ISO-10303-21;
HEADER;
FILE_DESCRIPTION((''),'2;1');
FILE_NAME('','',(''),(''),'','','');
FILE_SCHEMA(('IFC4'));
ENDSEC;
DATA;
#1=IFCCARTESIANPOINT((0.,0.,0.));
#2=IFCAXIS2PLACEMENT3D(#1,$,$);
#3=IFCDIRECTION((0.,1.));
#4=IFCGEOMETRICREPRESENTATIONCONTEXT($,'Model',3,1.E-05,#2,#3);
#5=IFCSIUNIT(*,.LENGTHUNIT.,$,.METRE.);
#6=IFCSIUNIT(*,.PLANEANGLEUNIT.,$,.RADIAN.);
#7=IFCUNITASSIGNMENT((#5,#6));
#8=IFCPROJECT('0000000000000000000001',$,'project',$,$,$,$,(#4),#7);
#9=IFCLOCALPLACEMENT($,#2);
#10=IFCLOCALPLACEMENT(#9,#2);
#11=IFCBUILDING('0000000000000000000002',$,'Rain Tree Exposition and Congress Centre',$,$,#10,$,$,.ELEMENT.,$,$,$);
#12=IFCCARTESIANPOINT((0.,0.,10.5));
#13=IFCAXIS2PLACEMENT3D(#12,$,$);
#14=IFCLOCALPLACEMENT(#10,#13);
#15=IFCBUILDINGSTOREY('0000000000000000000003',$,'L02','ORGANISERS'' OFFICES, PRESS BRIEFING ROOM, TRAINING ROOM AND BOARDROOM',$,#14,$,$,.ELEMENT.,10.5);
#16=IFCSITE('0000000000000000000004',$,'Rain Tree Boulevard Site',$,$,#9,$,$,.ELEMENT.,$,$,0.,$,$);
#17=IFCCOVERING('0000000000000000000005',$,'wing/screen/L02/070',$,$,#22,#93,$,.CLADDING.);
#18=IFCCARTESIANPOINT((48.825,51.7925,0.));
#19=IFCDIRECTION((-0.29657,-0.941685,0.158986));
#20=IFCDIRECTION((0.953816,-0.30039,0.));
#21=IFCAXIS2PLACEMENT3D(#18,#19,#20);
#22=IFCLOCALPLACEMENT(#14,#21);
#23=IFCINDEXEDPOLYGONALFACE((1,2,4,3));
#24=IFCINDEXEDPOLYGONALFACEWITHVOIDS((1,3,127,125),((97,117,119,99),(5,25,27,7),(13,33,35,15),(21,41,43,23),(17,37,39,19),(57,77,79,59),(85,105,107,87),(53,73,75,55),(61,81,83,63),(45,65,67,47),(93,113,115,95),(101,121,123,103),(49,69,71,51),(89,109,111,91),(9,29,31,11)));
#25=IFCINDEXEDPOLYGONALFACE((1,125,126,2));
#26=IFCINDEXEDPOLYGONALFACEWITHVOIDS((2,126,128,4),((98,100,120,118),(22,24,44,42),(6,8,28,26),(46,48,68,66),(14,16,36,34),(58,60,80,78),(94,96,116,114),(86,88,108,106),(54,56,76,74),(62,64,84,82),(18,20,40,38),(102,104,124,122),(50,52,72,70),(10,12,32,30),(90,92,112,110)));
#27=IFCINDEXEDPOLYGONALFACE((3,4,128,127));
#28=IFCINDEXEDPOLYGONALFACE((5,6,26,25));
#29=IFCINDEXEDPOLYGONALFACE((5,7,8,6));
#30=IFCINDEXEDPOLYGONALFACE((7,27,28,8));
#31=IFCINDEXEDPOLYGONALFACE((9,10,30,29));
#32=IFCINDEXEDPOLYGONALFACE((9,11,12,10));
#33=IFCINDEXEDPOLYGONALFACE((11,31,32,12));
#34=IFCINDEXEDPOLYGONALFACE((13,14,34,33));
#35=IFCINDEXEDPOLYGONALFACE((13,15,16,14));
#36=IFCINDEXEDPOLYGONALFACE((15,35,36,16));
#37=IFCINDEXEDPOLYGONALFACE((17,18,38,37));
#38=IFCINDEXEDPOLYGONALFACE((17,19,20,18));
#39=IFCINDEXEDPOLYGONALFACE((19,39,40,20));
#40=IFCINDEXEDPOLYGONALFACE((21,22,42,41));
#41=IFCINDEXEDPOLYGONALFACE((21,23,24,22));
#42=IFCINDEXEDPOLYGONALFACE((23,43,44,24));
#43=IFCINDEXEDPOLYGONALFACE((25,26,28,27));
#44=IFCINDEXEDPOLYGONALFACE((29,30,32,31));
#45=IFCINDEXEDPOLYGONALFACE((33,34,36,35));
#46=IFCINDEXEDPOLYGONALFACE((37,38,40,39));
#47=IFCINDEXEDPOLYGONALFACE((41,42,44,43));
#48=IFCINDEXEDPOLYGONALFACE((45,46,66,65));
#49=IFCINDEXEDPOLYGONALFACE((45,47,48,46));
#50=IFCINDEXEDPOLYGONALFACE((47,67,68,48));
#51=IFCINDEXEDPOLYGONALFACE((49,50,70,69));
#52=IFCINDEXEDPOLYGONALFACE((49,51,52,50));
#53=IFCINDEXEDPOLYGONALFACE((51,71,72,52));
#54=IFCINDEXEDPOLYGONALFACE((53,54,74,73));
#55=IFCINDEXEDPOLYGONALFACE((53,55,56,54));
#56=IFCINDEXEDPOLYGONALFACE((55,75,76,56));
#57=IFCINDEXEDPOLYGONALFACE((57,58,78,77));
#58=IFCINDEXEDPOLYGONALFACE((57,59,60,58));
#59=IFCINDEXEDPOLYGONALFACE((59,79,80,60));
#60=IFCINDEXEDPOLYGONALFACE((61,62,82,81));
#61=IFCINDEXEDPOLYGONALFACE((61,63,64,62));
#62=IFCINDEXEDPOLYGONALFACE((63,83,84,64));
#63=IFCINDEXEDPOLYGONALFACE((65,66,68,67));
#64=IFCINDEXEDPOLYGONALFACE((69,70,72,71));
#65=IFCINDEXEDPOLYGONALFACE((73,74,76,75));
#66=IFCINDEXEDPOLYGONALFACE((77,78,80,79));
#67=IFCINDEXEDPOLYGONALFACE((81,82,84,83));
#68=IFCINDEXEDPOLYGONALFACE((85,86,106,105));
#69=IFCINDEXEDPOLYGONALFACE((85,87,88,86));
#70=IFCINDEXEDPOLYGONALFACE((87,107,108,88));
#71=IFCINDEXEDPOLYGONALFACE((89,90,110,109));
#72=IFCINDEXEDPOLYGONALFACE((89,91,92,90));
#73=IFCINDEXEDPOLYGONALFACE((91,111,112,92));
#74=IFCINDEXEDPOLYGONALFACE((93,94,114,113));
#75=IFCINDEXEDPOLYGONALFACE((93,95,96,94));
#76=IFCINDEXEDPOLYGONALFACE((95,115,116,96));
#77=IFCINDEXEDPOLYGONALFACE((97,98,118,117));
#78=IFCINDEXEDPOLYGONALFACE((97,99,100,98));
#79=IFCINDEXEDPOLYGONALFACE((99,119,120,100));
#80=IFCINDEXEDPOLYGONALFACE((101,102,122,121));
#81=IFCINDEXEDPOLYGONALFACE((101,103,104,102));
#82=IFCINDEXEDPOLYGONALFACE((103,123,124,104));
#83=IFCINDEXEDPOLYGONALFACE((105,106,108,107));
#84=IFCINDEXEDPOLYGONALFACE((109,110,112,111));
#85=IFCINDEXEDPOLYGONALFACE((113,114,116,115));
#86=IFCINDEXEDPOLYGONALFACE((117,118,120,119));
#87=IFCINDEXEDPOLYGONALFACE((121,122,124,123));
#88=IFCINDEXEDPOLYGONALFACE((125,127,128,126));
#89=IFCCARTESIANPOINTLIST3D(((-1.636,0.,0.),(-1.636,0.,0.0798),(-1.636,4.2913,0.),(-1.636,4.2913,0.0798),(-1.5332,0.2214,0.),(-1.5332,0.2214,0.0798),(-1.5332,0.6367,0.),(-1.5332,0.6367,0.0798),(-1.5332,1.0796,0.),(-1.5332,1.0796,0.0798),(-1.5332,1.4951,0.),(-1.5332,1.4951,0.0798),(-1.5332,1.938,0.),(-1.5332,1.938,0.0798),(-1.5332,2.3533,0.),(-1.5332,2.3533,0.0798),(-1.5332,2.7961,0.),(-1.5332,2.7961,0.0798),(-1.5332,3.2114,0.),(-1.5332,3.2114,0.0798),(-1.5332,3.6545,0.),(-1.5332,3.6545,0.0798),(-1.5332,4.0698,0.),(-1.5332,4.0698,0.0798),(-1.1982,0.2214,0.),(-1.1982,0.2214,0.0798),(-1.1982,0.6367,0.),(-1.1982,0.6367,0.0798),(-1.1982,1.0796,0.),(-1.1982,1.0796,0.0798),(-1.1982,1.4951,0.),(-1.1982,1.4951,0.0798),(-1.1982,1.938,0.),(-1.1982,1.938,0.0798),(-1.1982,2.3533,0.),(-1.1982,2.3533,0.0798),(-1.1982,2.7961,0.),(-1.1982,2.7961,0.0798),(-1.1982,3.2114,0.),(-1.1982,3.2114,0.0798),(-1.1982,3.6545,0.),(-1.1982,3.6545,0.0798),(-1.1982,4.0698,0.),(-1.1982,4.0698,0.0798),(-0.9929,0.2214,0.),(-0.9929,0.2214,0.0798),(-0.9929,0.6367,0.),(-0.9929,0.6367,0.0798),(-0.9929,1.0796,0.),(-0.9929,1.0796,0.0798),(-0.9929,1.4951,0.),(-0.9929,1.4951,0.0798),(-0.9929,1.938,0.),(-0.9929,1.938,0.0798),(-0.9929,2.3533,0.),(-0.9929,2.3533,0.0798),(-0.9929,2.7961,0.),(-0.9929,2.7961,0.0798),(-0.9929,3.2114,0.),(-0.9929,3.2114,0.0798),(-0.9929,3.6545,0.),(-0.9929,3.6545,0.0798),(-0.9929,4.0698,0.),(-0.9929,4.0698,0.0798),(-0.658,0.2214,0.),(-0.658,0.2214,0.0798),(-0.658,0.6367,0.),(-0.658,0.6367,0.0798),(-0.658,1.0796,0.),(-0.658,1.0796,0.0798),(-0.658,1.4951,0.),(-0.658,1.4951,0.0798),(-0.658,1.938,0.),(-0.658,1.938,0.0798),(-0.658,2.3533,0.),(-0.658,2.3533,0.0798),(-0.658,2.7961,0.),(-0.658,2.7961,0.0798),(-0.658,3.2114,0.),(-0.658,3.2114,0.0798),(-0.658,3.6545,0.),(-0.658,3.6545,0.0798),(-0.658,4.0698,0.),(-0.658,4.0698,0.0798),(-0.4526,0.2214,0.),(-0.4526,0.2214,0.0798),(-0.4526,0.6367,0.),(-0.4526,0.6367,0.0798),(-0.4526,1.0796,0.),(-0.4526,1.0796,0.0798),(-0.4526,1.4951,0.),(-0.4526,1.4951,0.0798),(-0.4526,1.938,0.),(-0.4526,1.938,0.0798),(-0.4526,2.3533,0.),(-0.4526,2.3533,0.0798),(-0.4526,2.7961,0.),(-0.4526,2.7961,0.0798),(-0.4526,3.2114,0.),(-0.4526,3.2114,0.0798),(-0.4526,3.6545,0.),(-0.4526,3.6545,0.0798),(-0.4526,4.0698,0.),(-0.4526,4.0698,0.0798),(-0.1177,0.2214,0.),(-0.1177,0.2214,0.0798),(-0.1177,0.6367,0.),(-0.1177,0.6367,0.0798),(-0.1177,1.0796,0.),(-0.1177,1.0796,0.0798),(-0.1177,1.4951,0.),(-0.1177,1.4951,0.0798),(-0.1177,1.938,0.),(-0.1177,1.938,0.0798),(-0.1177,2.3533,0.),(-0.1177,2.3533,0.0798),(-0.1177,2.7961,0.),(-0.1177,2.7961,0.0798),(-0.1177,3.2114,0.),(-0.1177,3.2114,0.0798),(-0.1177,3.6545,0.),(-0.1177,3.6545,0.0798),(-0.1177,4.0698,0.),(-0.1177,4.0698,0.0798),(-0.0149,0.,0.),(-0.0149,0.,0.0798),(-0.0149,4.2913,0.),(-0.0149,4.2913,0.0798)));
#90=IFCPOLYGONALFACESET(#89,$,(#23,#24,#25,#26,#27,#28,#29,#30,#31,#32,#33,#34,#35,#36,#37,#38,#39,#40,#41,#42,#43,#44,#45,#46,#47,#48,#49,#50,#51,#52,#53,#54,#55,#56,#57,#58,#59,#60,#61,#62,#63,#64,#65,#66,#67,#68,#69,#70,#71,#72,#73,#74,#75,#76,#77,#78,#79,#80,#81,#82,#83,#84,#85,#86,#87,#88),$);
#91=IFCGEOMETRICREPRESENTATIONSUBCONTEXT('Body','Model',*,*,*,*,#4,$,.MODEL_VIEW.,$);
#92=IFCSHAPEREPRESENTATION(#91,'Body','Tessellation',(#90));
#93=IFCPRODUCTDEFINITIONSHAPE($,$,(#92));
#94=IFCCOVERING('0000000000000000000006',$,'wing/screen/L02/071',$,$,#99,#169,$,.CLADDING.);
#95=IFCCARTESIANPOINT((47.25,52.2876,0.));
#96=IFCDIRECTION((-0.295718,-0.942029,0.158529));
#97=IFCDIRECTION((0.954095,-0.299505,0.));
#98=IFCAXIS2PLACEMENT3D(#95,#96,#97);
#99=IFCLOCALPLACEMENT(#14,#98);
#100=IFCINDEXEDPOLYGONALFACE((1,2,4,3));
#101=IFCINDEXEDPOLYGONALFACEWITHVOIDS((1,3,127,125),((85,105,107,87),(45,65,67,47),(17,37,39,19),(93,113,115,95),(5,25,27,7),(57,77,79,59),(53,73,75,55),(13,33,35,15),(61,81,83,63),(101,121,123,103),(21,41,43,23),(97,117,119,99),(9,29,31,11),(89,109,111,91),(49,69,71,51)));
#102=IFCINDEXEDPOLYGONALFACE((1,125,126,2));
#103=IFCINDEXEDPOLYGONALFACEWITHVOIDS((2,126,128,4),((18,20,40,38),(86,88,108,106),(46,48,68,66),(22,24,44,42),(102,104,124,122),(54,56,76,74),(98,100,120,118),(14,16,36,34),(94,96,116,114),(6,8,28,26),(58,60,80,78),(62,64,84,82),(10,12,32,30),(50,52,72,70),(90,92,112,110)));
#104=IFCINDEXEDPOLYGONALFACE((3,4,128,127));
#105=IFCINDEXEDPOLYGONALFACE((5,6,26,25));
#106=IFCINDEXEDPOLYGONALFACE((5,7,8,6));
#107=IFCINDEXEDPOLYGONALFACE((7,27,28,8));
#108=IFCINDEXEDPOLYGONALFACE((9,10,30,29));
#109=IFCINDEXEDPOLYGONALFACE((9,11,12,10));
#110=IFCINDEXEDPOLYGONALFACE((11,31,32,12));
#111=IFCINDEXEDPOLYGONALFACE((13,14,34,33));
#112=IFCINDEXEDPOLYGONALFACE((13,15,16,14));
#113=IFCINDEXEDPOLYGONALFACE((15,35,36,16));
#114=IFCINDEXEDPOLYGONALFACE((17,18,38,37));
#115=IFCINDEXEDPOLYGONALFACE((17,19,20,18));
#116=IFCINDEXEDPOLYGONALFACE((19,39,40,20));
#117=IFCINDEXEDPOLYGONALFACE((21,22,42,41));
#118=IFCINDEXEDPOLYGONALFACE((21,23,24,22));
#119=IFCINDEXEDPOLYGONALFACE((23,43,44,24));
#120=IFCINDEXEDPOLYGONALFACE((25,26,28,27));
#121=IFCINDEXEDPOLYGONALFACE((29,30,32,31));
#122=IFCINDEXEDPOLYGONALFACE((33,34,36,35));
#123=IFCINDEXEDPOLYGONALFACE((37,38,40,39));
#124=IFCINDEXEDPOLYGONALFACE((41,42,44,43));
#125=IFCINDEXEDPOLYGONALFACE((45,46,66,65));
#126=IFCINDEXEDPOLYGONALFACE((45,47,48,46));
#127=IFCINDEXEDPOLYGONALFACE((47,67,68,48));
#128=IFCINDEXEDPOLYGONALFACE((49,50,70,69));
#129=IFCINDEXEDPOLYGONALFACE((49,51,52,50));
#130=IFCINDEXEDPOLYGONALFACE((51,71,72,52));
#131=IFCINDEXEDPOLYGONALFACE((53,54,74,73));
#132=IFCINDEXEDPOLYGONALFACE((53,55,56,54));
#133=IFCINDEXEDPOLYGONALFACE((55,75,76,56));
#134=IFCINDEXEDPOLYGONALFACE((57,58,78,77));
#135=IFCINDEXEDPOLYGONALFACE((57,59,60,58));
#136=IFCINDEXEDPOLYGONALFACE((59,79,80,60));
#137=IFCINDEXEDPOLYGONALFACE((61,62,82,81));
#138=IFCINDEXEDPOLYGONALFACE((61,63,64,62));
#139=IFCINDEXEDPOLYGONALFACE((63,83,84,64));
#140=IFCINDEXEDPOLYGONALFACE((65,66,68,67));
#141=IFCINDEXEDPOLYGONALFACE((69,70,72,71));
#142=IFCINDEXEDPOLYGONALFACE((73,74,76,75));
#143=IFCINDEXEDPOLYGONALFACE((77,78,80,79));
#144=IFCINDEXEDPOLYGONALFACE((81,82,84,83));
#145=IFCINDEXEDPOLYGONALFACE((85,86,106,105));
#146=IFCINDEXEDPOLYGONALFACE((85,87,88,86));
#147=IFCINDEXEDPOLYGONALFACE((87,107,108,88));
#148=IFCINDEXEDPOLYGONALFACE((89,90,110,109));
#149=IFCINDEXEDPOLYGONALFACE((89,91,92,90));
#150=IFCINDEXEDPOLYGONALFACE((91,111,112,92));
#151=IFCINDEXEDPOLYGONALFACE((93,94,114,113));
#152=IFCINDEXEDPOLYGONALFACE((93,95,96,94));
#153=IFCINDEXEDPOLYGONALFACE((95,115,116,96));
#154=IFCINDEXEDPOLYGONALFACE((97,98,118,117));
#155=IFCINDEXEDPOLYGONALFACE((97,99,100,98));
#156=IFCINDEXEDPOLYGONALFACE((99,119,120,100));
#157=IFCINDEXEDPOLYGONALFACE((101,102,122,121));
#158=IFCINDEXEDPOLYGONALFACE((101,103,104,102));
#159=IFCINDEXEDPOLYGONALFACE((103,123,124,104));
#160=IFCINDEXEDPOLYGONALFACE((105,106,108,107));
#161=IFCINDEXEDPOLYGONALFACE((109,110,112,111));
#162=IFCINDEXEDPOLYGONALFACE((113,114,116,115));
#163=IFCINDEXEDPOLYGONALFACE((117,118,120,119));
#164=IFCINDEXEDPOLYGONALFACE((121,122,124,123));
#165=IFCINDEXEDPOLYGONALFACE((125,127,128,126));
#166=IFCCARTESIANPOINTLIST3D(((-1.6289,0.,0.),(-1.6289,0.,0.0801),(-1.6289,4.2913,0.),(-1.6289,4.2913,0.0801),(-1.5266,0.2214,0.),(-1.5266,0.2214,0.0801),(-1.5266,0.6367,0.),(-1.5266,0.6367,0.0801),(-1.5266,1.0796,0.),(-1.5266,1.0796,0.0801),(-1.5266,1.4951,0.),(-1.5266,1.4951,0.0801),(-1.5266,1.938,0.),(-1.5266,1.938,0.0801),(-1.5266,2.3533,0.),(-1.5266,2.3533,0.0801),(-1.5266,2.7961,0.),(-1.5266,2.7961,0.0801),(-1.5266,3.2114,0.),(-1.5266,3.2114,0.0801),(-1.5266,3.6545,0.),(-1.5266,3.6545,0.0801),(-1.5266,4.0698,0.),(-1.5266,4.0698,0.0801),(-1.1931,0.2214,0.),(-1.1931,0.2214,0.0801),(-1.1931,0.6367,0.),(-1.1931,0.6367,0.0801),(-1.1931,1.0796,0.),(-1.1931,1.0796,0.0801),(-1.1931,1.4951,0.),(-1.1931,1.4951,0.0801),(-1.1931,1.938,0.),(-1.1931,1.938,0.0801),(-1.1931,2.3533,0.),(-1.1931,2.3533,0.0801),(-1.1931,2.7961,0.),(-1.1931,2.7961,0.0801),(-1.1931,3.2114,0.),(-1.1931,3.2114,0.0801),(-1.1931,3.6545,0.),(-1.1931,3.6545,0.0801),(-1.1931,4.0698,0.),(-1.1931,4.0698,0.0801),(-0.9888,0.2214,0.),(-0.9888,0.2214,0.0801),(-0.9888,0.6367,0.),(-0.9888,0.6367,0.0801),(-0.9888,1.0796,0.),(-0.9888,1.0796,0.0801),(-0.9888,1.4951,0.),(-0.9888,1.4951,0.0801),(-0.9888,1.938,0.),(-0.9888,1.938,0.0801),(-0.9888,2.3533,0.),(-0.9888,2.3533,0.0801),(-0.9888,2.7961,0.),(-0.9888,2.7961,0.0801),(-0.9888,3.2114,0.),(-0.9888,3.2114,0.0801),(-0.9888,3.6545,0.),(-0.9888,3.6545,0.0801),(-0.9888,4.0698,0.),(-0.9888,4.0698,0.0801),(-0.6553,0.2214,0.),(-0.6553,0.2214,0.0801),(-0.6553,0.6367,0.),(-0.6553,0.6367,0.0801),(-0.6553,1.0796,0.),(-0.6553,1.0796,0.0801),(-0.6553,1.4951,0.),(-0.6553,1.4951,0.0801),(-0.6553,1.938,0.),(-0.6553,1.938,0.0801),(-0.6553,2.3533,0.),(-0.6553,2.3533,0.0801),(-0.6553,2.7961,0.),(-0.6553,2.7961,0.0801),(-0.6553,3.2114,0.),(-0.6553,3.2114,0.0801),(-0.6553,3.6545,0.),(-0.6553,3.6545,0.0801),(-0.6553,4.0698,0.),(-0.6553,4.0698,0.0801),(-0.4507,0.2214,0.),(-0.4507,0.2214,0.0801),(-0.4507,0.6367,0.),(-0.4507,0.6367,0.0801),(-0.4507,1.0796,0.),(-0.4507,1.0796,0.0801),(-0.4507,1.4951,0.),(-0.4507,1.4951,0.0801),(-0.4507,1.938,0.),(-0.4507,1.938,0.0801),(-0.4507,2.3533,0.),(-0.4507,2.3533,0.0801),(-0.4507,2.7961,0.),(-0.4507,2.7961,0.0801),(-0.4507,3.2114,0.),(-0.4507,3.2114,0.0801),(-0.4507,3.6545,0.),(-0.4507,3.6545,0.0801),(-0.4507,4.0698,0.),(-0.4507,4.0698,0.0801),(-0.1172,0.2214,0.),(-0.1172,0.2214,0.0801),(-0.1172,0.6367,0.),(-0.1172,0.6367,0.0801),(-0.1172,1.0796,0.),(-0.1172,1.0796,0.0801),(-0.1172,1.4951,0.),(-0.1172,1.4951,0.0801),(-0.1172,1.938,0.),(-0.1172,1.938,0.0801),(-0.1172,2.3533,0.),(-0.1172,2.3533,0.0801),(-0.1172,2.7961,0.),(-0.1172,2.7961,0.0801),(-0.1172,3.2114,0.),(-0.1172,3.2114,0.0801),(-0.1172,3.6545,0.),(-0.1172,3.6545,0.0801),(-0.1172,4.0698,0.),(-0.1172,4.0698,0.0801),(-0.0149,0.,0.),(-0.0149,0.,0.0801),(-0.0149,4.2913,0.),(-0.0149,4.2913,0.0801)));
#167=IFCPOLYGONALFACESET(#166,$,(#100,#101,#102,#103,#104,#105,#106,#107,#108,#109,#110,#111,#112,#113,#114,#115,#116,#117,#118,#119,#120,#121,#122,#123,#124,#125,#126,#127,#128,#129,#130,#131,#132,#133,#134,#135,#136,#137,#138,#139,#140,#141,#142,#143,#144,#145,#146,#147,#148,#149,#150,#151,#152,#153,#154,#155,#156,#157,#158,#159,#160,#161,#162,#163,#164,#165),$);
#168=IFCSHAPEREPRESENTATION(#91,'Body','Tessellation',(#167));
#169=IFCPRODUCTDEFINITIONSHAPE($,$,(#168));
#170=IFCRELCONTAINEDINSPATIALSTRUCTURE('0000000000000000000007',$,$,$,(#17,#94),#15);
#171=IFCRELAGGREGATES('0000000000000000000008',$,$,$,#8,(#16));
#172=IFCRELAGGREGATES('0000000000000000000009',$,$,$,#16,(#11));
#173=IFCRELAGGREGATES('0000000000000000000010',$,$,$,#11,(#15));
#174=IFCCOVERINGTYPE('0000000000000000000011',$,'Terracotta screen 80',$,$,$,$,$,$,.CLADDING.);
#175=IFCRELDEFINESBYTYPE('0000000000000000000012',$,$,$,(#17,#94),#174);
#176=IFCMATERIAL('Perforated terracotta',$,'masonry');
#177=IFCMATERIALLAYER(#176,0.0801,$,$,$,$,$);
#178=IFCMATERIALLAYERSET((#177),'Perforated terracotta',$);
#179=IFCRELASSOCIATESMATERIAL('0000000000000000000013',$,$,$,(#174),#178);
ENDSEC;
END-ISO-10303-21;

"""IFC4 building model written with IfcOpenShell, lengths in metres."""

from ifc_helpers import new_model, si_unit, direction, frame, origin, place, context, subcontext, project, spatial, polyline, outline, extrude, material, layer, layer_set, type_object, element, save


model = new_model("IFC4")

# Units and contexts
model_context = context("Model", 3, precision=1e-05, world=origin(), true_north=direction((0.0, 1.0)))
body_context = subcontext(model_context, "Body", "Model", "MODEL_VIEW")
ifc_project = project(units=[si_unit("LENGTHUNIT", "METRE"), si_unit("PLANEANGLEUNIT", "RADIAN")], contexts=[model_context])

# Site, building, storey
site_placement = place(None, origin())
site = spatial("IfcSite", under=ifc_project, at=site_placement, Name="Rain Tree Boulevard Site", CompositionType="ELEMENT", RefElevation=0.0)
building_placement = place(site_placement, origin())
building = spatial("IfcBuilding", under=site, at=building_placement, Name="Rain Tree Exposition and Congress Centre", CompositionType="ELEMENT")
storey_placement = place(building_placement, frame((0.0, 0.0, 10.5)))
storey = spatial("IfcBuildingStorey", under=building, at=storey_placement, Name="L02", Description="ORGANISERS' OFFICES, PRESS BRIEFING ROOM, TRAINING ROOM AND BOARDROOM", CompositionType="ELEMENT", Elevation=10.5)

# Coverings
ifc_material_1 = material(Name="Perforated terracotta", Category="masonry")
ifc_layer_1 = layer(ifc_material_1, 0.0801)
ifc_layer_set_1 = layer_set([ifc_layer_1], Name="Perforated terracotta")
covering_type = type_object("IfcCoveringType", Name="Terracotta screen 80", PredefinedType="CLADDING", material=ifc_layer_set_1)
covering_1_placement = place(storey_placement, frame((48.825, 51.7925, 0.0), z_axis=(-0.29657, -0.941685, 0.158986), x_axis=(0.953816, -0.30039, 0.0)))
element("IfcCovering", 1, at=covering_1_placement, inside=storey, type_object=covering_type, Name="wing/screen/L02/070", PredefinedType="CLADDING", context=body_context, shape_type="SweptSolid", body=[
    extrude(outline(polyline([(-1.636, 0.0), (-1.636, 4.2913), (-0.0149, 4.2913), (-0.0149, 0.0), (-1.636, 0.0)]), holes=[polyline([(-0.1177, 0.2214), (-0.1177, 0.6367), (-0.4526, 0.6367), (-0.4526, 0.2214), (-0.1177, 0.2214)]), polyline([(-0.1177, 1.0796), (-0.1177, 1.4951), (-0.4526, 1.4951), (-0.4526, 1.0796), (-0.1177, 1.0796)]), polyline([(-0.1177, 1.938), (-0.1177, 2.3533), (-0.4526, 2.3533), (-0.4526, 1.938), (-0.1177, 1.938)]), polyline([(-0.1177, 2.7961), (-0.1177, 3.2114), (-0.4526, 3.2114), (-0.4526, 2.7961), (-0.1177, 2.7961)]), polyline([(-0.1177, 3.6545), (-0.1177, 4.0698), (-0.4526, 4.0698), (-0.4526, 3.6545), (-0.1177, 3.6545)]), polyline([(-0.658, 0.2214), (-0.658, 0.6367), (-0.9929, 0.6367), (-0.9929, 0.2214), (-0.658, 0.2214)]), polyline([(-0.658, 1.0796), (-0.658, 1.4951), (-0.9929, 1.4951), (-0.9929, 1.0796), (-0.658, 1.0796)]), polyline([(-0.658, 1.938), (-0.658, 2.3533), (-0.9929, 2.3533), (-0.9929, 1.938), (-0.658, 1.938)]), polyline([(-0.658, 2.7961), (-0.658, 3.2114), (-0.9929, 3.2114), (-0.9929, 2.7961), (-0.658, 2.7961)]), polyline([(-0.658, 3.6545), (-0.658, 4.0698), (-0.9929, 4.0698), (-0.9929, 3.6545), (-0.658, 3.6545)]), polyline([(-1.1982, 0.2214), (-1.1982, 0.6367), (-1.5332, 0.6367), (-1.5332, 0.2214), (-1.1982, 0.2214)]), polyline([(-1.1982, 1.0796), (-1.1982, 1.4951), (-1.5332, 1.4951), (-1.5332, 1.0796), (-1.1982, 1.0796)]), polyline([(-1.1982, 1.938), (-1.1982, 2.3533), (-1.5332, 2.3533), (-1.5332, 1.938), (-1.1982, 1.938)]), polyline([(-1.1982, 2.7961), (-1.1982, 3.2114), (-1.5332, 3.2114), (-1.5332, 2.7961), (-1.1982, 2.7961)]), polyline([(-1.1982, 3.6545), (-1.1982, 4.0698), (-1.5332, 4.0698), (-1.5332, 3.6545), (-1.1982, 3.6545)])]), origin(), (0.0, 0.0, 1.0), 0.0798),
])
covering_2_placement = place(storey_placement, frame((47.25, 52.2876, 0.0), z_axis=(-0.295718, -0.942029, 0.158529), x_axis=(0.954095, -0.299505, 0.0)))
element("IfcCovering", 2, at=covering_2_placement, inside=storey, type_object=covering_type, Name="wing/screen/L02/071", PredefinedType="CLADDING", context=body_context, shape_type="SweptSolid", body=[
    extrude(outline(polyline([(-1.6289, 0.0), (-1.6289, 4.2913), (-0.0149, 4.2913), (-0.0149, 0.0), (-1.6289, 0.0)]), holes=[polyline([(-0.1172, 0.2214), (-0.1172, 0.6367), (-0.4507, 0.6367), (-0.4507, 0.2214), (-0.1172, 0.2214)]), polyline([(-0.1172, 1.0796), (-0.1172, 1.4951), (-0.4507, 1.4951), (-0.4507, 1.0796), (-0.1172, 1.0796)]), polyline([(-0.1172, 1.938), (-0.1172, 2.3533), (-0.4507, 2.3533), (-0.4507, 1.938), (-0.1172, 1.938)]), polyline([(-0.1172, 2.7961), (-0.1172, 3.2114), (-0.4507, 3.2114), (-0.4507, 2.7961), (-0.1172, 2.7961)]), polyline([(-0.1172, 3.6545), (-0.1172, 4.0698), (-0.4507, 4.0698), (-0.4507, 3.6545), (-0.1172, 3.6545)]), polyline([(-0.6553, 0.2214), (-0.6553, 0.6367), (-0.9888, 0.6367), (-0.9888, 0.2214), (-0.6553, 0.2214)]), polyline([(-0.6553, 1.0796), (-0.6553, 1.4951), (-0.9888, 1.4951), (-0.9888, 1.0796), (-0.6553, 1.0796)]), polyline([(-0.6553, 1.938), (-0.6553, 2.3533), (-0.9888, 2.3533), (-0.9888, 1.938), (-0.6553, 1.938)]), polyline([(-0.6553, 2.7961), (-0.6553, 3.2114), (-0.9888, 3.2114), (-0.9888, 2.7961), (-0.6553, 2.7961)]), polyline([(-0.6553, 3.6545), (-0.6553, 4.0698), (-0.9888, 4.0698), (-0.9888, 3.6545), (-0.6553, 3.6545)]), polyline([(-1.1931, 0.2214), (-1.1931, 0.6367), (-1.5266, 0.6367), (-1.5266, 0.2214), (-1.1931, 0.2214)]), polyline([(-1.1931, 1.0796), (-1.1931, 1.4951), (-1.5266, 1.4951), (-1.5266, 1.0796), (-1.1931, 1.0796)]), polyline([(-1.1931, 1.938), (-1.1931, 2.3533), (-1.5266, 2.3533), (-1.5266, 1.938), (-1.1931, 1.938)]), polyline([(-1.1931, 2.7961), (-1.1931, 3.2114), (-1.5266, 3.2114), (-1.5266, 2.7961), (-1.1931, 2.7961)]), polyline([(-1.1931, 3.6545), (-1.1931, 4.0698), (-1.5266, 4.0698), (-1.5266, 3.6545), (-1.1931, 3.6545)])]), origin(), (0.0, 0.0, 1.0), 0.0801),
])

save(model, "model.ifc")
